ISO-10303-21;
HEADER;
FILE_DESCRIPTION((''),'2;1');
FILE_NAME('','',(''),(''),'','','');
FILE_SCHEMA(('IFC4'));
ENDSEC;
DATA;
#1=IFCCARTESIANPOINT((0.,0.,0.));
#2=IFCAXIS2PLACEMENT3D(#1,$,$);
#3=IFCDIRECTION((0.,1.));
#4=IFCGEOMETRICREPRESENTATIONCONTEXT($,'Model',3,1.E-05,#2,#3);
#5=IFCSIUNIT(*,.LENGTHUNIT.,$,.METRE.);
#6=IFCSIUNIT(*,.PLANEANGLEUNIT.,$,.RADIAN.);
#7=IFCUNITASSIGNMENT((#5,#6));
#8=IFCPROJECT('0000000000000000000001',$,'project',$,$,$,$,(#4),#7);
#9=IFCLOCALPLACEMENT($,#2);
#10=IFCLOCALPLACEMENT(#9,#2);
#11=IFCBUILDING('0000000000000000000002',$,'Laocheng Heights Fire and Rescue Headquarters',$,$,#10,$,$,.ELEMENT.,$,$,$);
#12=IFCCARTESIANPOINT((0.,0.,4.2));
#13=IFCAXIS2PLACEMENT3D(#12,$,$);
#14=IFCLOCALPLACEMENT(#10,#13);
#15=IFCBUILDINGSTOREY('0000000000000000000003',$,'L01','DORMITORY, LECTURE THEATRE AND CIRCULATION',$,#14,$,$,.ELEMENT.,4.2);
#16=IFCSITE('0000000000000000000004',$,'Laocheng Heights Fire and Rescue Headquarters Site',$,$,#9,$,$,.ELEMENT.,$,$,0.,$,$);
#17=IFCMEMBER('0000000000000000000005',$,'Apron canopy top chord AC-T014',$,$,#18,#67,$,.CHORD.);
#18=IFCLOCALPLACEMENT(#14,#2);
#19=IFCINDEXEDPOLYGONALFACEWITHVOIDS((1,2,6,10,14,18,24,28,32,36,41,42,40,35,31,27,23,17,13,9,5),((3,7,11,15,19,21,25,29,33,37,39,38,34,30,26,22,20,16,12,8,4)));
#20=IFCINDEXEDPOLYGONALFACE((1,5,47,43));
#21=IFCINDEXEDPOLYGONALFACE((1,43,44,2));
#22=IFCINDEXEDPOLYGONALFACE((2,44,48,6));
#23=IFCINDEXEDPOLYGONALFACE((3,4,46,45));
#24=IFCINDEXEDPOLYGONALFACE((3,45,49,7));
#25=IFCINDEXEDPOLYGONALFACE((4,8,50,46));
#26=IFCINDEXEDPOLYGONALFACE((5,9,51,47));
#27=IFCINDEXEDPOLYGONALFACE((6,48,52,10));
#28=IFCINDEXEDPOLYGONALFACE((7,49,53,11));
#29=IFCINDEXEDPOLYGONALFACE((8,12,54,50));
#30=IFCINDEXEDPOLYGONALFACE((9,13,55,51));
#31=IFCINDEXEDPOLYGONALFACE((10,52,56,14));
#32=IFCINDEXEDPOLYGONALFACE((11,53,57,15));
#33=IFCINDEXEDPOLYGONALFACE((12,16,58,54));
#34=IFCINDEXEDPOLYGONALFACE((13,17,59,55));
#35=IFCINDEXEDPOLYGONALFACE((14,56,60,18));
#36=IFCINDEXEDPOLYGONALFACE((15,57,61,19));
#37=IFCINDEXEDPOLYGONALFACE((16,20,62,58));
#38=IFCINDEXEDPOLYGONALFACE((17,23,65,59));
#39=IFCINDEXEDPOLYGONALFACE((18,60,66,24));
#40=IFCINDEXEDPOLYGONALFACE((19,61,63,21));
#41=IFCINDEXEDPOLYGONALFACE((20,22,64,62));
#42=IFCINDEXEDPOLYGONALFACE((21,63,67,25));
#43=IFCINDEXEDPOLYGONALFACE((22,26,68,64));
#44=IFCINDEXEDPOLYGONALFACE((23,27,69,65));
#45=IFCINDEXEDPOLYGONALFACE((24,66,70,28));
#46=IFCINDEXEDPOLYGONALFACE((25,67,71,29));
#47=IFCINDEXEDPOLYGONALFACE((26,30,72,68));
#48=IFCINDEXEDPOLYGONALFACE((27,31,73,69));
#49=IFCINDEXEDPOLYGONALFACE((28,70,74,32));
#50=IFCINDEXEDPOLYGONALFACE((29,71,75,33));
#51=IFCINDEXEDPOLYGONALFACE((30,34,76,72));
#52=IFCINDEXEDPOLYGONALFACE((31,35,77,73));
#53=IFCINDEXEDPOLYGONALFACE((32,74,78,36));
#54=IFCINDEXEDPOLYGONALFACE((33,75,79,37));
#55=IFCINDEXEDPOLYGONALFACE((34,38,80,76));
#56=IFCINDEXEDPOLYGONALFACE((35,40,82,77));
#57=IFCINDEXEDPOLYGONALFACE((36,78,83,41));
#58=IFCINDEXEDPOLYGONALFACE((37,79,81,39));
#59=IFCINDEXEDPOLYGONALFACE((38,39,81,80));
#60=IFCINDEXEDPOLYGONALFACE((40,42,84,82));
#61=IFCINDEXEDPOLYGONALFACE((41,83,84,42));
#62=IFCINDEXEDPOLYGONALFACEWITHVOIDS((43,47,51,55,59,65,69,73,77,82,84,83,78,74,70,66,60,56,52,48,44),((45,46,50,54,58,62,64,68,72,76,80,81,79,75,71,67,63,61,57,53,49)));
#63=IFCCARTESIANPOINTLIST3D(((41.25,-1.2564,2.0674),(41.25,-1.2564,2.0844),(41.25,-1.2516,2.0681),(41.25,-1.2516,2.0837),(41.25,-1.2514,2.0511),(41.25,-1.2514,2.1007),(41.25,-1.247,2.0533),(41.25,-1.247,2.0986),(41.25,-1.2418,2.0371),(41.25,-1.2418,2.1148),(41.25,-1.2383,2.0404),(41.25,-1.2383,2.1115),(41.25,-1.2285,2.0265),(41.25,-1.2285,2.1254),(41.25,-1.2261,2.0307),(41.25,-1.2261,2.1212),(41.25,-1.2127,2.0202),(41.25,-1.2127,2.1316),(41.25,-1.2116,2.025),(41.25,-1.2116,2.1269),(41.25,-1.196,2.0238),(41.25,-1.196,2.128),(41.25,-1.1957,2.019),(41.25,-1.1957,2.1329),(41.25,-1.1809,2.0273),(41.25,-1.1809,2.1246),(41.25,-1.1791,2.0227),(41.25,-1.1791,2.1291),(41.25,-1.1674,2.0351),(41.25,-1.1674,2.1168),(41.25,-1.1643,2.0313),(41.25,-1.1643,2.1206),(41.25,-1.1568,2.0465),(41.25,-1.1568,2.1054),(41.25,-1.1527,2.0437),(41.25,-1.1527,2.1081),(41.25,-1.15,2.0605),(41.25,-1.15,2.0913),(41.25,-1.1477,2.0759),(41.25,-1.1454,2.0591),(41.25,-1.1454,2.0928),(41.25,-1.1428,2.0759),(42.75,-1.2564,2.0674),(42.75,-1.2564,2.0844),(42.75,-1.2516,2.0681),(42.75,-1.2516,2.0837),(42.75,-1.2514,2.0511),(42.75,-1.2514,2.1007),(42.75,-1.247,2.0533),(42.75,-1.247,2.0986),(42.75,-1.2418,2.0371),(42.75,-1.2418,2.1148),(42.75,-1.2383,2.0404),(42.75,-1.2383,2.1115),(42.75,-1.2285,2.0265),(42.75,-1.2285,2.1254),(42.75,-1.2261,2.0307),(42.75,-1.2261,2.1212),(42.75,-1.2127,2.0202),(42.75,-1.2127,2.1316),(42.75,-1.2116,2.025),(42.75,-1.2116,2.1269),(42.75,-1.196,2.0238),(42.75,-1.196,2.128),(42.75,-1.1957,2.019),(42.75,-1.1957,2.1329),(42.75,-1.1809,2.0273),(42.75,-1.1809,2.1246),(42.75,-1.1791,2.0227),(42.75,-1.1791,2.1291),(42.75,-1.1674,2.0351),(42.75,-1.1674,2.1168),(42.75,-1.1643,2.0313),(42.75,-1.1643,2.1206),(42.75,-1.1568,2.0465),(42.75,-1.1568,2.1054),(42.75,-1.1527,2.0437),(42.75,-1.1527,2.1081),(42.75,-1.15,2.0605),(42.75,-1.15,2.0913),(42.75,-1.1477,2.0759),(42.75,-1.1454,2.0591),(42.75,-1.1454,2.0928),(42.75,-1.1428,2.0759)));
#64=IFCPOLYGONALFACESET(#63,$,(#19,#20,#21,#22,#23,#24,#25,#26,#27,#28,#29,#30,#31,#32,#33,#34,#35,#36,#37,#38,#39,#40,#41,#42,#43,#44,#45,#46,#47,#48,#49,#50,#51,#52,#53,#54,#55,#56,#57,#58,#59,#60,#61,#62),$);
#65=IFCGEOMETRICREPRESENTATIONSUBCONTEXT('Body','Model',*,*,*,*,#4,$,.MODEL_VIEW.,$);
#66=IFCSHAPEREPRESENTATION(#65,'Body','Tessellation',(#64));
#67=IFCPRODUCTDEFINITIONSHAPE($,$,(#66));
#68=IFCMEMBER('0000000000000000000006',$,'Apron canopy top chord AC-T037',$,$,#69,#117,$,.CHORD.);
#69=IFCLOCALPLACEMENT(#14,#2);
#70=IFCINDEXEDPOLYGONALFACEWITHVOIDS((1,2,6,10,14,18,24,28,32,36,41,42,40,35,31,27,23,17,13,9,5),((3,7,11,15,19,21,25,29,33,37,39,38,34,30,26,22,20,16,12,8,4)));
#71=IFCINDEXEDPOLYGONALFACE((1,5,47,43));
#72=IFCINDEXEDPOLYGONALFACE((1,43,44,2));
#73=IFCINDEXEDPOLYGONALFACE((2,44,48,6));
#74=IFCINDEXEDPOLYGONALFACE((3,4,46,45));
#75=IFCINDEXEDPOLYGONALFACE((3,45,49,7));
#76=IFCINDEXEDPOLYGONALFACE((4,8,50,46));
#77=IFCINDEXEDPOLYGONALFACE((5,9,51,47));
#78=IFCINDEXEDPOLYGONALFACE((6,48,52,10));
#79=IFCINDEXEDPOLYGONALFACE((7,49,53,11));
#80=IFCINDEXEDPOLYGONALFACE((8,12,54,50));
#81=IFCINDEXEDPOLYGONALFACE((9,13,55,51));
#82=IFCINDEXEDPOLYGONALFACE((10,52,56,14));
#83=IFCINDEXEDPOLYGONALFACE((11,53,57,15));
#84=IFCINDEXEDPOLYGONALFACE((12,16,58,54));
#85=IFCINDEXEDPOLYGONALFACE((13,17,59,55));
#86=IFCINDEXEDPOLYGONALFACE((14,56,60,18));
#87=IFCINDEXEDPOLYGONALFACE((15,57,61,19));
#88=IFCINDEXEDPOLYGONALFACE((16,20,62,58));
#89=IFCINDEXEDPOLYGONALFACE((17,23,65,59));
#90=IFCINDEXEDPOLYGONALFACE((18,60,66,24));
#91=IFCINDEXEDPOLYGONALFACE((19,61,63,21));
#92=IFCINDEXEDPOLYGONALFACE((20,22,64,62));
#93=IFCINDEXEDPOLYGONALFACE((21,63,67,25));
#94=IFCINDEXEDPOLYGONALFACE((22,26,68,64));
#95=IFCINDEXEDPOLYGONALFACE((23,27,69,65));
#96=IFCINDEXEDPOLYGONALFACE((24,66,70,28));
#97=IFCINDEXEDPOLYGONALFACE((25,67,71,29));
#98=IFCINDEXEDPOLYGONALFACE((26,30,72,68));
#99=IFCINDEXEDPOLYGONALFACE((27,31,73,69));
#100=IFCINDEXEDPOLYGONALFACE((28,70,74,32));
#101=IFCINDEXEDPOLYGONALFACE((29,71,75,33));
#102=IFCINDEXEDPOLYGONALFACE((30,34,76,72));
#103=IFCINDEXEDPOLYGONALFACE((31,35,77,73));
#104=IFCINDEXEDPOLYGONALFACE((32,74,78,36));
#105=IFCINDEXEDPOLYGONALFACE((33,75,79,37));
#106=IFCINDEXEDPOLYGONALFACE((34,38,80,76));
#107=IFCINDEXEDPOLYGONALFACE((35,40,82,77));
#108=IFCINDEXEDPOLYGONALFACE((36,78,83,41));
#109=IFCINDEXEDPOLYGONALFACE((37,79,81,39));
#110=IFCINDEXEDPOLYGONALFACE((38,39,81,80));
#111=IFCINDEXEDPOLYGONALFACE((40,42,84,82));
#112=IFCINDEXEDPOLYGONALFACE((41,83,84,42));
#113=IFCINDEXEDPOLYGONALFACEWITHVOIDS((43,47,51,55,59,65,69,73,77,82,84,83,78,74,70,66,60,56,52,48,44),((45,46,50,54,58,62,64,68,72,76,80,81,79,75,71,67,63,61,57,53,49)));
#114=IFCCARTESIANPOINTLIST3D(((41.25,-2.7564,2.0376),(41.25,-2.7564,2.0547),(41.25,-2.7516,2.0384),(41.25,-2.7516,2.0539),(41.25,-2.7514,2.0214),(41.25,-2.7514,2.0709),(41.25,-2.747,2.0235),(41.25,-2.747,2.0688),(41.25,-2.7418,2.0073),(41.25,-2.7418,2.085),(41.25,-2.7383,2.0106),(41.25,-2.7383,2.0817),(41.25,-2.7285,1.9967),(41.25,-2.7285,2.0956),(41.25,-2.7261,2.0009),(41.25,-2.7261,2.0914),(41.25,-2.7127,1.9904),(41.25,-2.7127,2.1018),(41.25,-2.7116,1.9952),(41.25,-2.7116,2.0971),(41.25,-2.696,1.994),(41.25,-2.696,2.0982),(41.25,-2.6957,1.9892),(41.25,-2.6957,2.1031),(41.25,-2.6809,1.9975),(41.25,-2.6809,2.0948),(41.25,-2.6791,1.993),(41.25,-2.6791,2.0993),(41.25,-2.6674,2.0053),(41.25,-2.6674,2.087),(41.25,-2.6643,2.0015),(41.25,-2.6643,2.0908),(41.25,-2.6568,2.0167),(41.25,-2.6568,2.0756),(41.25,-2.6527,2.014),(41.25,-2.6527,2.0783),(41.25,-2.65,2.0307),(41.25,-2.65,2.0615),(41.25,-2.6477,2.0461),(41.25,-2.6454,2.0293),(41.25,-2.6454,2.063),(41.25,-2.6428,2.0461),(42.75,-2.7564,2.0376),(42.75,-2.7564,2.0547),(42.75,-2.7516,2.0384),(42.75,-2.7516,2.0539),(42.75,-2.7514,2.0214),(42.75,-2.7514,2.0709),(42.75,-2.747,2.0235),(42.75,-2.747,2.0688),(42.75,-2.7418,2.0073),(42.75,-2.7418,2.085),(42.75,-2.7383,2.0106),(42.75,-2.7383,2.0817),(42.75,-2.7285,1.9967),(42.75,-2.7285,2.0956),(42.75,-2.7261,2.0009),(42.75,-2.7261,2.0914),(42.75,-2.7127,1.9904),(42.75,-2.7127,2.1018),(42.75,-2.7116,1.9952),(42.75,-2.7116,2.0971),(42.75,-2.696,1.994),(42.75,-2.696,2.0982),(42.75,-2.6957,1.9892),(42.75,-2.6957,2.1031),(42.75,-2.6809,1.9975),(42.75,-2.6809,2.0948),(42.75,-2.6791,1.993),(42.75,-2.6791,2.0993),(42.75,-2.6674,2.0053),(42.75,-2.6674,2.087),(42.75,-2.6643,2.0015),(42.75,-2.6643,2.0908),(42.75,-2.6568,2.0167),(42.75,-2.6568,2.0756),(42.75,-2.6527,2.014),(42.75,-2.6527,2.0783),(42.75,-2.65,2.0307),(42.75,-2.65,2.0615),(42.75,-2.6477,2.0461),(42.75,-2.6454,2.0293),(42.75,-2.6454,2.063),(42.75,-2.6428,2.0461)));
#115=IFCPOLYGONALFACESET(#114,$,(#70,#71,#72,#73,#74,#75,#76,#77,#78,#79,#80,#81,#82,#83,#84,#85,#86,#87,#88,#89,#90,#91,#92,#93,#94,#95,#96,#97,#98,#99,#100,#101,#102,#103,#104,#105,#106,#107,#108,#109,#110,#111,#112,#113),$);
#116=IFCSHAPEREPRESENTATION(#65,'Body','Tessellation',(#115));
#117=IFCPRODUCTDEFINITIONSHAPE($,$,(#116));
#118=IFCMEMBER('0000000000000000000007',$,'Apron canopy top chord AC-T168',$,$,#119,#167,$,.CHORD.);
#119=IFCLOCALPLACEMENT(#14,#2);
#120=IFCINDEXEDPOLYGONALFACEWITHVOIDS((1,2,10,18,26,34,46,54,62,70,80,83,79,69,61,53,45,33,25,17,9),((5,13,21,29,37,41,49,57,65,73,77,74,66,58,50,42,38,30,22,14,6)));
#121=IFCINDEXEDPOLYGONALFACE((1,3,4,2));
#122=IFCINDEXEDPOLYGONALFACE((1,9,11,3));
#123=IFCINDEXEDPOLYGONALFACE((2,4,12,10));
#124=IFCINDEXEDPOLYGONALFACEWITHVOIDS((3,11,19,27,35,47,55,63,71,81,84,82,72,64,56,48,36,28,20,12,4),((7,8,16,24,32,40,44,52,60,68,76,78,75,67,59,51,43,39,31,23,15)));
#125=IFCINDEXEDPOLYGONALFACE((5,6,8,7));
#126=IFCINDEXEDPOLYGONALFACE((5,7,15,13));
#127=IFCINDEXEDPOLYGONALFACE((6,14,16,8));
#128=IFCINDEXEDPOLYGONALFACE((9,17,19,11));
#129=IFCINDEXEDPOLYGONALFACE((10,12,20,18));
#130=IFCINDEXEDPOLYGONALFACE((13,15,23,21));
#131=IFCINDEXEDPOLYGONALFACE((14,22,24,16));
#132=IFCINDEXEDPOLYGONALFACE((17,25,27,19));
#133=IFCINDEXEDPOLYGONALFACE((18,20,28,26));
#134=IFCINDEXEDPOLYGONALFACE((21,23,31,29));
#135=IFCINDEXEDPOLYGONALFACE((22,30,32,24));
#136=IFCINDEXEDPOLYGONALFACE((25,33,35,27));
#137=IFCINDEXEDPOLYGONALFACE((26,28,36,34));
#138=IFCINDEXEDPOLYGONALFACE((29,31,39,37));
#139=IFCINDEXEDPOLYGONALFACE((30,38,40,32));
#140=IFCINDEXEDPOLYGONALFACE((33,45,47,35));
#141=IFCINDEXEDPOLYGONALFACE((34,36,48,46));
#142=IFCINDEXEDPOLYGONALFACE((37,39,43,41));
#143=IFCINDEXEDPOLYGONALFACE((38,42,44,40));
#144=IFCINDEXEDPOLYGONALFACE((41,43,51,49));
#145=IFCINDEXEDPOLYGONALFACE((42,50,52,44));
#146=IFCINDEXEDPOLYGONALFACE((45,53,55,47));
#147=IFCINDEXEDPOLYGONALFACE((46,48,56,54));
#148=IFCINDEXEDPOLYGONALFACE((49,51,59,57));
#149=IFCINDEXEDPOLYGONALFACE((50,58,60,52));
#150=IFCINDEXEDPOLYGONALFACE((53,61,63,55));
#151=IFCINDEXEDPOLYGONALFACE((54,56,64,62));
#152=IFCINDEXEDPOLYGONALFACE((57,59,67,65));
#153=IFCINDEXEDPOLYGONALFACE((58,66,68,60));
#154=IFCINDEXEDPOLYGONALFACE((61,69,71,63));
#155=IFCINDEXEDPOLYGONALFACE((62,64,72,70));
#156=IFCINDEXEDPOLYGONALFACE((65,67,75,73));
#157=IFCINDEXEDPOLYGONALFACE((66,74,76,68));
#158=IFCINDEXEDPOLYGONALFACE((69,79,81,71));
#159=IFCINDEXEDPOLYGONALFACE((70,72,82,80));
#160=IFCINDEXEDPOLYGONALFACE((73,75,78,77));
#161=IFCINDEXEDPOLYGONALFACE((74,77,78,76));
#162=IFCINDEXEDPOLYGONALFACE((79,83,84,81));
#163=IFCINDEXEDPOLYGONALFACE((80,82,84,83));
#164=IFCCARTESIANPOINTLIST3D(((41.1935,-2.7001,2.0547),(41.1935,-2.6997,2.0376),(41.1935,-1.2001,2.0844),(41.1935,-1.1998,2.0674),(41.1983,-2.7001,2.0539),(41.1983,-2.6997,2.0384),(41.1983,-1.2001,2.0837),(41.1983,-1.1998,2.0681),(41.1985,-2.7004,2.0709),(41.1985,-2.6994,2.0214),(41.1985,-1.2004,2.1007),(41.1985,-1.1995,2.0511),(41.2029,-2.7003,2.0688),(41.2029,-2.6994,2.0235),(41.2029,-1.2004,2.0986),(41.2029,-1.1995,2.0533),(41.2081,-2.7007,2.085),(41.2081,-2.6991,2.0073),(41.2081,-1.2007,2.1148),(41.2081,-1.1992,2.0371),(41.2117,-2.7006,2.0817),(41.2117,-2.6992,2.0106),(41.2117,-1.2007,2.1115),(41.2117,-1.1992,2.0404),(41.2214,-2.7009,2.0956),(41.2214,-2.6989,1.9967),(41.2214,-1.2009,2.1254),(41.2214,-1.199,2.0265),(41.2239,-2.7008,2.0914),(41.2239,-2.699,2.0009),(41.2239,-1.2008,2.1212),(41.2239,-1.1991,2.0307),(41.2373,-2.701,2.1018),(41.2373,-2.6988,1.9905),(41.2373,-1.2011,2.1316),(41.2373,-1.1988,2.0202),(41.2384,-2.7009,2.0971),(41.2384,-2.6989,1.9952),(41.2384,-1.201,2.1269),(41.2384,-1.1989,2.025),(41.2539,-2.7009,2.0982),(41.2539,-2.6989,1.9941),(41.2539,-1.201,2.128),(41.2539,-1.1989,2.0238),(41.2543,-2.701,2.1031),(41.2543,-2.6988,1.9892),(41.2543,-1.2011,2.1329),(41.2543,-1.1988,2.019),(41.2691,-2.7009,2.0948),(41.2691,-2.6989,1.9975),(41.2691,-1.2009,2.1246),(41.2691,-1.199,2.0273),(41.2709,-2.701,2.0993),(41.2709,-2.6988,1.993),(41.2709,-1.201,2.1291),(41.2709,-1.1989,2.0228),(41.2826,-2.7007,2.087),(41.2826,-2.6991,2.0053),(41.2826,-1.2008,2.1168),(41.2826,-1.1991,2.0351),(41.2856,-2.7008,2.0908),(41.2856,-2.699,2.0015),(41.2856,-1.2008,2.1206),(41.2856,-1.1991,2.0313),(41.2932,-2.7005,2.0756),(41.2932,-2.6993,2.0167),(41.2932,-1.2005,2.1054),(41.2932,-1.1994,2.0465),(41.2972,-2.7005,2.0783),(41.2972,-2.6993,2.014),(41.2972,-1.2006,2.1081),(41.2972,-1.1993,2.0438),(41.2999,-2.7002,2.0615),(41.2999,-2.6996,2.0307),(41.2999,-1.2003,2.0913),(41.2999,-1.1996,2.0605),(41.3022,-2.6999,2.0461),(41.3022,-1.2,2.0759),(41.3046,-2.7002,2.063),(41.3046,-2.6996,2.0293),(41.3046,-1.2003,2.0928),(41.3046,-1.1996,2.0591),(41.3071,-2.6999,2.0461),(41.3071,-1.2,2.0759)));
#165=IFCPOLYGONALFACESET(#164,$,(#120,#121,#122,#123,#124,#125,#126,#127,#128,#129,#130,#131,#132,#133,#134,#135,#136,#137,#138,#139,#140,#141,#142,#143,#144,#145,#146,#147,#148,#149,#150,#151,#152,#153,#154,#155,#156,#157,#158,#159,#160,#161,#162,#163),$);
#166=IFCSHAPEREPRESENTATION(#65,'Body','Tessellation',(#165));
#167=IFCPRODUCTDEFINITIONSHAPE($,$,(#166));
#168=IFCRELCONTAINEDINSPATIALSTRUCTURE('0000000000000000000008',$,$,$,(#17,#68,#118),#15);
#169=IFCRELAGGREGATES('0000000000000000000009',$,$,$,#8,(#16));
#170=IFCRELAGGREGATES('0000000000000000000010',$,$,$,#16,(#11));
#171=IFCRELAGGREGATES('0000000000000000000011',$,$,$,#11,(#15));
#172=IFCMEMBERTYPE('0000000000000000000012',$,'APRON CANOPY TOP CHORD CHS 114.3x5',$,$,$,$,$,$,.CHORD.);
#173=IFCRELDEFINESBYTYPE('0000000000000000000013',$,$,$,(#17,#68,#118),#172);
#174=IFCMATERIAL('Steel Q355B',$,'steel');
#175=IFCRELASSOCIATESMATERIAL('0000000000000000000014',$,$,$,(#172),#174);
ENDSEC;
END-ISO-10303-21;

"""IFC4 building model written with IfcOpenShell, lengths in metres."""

from ifc_helpers import new_model, si_unit, direction, frame, origin, origin_2d, place, context, subcontext, project, spatial, hollow_circle, extrude, material, material_profile, profile_set, type_object, element, save


model = new_model("IFC4")

# Units and contexts
model_context = context("Model", 3, precision=1e-05, world=origin(), true_north=direction((0.0, 1.0)))
body_context = subcontext(model_context, "Body", "Model", "MODEL_VIEW")
ifc_project = project(units=[si_unit("LENGTHUNIT", "METRE"), si_unit("PLANEANGLEUNIT", "RADIAN")], contexts=[model_context])

# Site, building, storey
site_placement = place(None, origin())
site = spatial("IfcSite", under=ifc_project, at=site_placement, Name="Laocheng Heights Fire and Rescue Headquarters Site", CompositionType="ELEMENT", RefElevation=0.0)
building_placement = place(site_placement, origin())
building = spatial("IfcBuilding", under=site, at=building_placement, Name="Laocheng Heights Fire and Rescue Headquarters", CompositionType="ELEMENT")
storey_placement = place(building_placement, frame((0.0, 0.0, 4.2)))
storey = spatial("IfcBuildingStorey", under=building, at=storey_placement, Name="L01", Description="DORMITORY, LECTURE THEATRE AND CIRCULATION", CompositionType="ELEMENT", Elevation=4.2)

# Members
ifc_material_1 = material(Name="Steel Q355B", Category="steel")
ifc_material_profile_1 = material_profile(ifc_material_1, hollow_circle(Radius=0.0571, WallThickness=0.0049, at=origin_2d()), Name="CHS 114.3x5")
ifc_profile_set_1 = profile_set([ifc_material_profile_1], Name="Steel Q355B")
member_type_1 = type_object("IfcMemberType", Name="APRON CANOPY TOP CHORD CHS 114.3x5", PredefinedType="CHORD", material=ifc_profile_set_1)
for number, where, z_axis, x_axis, name in (
    (1, (41.25, -1.2, 2.0759), (1.0, 0.0, 0.0), (0.0, 1.0, 0.0), "Apron canopy top chord AC-T014"),
    (2, (41.25, -2.7, 2.0461), (1.0, 0.0, 0.0), (0.0, 1.0, 0.0), "Apron canopy top chord AC-T037"),
):
    element("IfcMember", number, at=place(storey_placement, frame(where, z_axis=z_axis, x_axis=x_axis)), inside=storey, type_object=member_type_1, Name=name, PredefinedType="CHORD", context=body_context, shape_type="SweptSolid", body=[
        extrude(hollow_circle(Radius=0.0571, WallThickness=0.0049, at=origin_2d()), origin(), (0.0, 0.0, 1.0), 1.5),
    ])
for number, where, z_axis, x_axis, name in (
    (3, (41.25, -1.2, 2.0759), (0.0, -0.999803, -0.019853), (1.0, 0.0, 0.0), "Apron canopy top chord AC-T168"),
):
    element("IfcMember", number, at=place(storey_placement, frame(where, z_axis=z_axis, x_axis=x_axis)), inside=storey, type_object=member_type_1, Name=name, PredefinedType="CHORD", context=body_context, shape_type="SweptSolid", body=[
        extrude(hollow_circle(Radius=0.0571, WallThickness=0.0049, at=origin_2d()), origin(), (0.0, 0.0, 1.0), 1.5002),
    ])

save(model, "model.ifc")
